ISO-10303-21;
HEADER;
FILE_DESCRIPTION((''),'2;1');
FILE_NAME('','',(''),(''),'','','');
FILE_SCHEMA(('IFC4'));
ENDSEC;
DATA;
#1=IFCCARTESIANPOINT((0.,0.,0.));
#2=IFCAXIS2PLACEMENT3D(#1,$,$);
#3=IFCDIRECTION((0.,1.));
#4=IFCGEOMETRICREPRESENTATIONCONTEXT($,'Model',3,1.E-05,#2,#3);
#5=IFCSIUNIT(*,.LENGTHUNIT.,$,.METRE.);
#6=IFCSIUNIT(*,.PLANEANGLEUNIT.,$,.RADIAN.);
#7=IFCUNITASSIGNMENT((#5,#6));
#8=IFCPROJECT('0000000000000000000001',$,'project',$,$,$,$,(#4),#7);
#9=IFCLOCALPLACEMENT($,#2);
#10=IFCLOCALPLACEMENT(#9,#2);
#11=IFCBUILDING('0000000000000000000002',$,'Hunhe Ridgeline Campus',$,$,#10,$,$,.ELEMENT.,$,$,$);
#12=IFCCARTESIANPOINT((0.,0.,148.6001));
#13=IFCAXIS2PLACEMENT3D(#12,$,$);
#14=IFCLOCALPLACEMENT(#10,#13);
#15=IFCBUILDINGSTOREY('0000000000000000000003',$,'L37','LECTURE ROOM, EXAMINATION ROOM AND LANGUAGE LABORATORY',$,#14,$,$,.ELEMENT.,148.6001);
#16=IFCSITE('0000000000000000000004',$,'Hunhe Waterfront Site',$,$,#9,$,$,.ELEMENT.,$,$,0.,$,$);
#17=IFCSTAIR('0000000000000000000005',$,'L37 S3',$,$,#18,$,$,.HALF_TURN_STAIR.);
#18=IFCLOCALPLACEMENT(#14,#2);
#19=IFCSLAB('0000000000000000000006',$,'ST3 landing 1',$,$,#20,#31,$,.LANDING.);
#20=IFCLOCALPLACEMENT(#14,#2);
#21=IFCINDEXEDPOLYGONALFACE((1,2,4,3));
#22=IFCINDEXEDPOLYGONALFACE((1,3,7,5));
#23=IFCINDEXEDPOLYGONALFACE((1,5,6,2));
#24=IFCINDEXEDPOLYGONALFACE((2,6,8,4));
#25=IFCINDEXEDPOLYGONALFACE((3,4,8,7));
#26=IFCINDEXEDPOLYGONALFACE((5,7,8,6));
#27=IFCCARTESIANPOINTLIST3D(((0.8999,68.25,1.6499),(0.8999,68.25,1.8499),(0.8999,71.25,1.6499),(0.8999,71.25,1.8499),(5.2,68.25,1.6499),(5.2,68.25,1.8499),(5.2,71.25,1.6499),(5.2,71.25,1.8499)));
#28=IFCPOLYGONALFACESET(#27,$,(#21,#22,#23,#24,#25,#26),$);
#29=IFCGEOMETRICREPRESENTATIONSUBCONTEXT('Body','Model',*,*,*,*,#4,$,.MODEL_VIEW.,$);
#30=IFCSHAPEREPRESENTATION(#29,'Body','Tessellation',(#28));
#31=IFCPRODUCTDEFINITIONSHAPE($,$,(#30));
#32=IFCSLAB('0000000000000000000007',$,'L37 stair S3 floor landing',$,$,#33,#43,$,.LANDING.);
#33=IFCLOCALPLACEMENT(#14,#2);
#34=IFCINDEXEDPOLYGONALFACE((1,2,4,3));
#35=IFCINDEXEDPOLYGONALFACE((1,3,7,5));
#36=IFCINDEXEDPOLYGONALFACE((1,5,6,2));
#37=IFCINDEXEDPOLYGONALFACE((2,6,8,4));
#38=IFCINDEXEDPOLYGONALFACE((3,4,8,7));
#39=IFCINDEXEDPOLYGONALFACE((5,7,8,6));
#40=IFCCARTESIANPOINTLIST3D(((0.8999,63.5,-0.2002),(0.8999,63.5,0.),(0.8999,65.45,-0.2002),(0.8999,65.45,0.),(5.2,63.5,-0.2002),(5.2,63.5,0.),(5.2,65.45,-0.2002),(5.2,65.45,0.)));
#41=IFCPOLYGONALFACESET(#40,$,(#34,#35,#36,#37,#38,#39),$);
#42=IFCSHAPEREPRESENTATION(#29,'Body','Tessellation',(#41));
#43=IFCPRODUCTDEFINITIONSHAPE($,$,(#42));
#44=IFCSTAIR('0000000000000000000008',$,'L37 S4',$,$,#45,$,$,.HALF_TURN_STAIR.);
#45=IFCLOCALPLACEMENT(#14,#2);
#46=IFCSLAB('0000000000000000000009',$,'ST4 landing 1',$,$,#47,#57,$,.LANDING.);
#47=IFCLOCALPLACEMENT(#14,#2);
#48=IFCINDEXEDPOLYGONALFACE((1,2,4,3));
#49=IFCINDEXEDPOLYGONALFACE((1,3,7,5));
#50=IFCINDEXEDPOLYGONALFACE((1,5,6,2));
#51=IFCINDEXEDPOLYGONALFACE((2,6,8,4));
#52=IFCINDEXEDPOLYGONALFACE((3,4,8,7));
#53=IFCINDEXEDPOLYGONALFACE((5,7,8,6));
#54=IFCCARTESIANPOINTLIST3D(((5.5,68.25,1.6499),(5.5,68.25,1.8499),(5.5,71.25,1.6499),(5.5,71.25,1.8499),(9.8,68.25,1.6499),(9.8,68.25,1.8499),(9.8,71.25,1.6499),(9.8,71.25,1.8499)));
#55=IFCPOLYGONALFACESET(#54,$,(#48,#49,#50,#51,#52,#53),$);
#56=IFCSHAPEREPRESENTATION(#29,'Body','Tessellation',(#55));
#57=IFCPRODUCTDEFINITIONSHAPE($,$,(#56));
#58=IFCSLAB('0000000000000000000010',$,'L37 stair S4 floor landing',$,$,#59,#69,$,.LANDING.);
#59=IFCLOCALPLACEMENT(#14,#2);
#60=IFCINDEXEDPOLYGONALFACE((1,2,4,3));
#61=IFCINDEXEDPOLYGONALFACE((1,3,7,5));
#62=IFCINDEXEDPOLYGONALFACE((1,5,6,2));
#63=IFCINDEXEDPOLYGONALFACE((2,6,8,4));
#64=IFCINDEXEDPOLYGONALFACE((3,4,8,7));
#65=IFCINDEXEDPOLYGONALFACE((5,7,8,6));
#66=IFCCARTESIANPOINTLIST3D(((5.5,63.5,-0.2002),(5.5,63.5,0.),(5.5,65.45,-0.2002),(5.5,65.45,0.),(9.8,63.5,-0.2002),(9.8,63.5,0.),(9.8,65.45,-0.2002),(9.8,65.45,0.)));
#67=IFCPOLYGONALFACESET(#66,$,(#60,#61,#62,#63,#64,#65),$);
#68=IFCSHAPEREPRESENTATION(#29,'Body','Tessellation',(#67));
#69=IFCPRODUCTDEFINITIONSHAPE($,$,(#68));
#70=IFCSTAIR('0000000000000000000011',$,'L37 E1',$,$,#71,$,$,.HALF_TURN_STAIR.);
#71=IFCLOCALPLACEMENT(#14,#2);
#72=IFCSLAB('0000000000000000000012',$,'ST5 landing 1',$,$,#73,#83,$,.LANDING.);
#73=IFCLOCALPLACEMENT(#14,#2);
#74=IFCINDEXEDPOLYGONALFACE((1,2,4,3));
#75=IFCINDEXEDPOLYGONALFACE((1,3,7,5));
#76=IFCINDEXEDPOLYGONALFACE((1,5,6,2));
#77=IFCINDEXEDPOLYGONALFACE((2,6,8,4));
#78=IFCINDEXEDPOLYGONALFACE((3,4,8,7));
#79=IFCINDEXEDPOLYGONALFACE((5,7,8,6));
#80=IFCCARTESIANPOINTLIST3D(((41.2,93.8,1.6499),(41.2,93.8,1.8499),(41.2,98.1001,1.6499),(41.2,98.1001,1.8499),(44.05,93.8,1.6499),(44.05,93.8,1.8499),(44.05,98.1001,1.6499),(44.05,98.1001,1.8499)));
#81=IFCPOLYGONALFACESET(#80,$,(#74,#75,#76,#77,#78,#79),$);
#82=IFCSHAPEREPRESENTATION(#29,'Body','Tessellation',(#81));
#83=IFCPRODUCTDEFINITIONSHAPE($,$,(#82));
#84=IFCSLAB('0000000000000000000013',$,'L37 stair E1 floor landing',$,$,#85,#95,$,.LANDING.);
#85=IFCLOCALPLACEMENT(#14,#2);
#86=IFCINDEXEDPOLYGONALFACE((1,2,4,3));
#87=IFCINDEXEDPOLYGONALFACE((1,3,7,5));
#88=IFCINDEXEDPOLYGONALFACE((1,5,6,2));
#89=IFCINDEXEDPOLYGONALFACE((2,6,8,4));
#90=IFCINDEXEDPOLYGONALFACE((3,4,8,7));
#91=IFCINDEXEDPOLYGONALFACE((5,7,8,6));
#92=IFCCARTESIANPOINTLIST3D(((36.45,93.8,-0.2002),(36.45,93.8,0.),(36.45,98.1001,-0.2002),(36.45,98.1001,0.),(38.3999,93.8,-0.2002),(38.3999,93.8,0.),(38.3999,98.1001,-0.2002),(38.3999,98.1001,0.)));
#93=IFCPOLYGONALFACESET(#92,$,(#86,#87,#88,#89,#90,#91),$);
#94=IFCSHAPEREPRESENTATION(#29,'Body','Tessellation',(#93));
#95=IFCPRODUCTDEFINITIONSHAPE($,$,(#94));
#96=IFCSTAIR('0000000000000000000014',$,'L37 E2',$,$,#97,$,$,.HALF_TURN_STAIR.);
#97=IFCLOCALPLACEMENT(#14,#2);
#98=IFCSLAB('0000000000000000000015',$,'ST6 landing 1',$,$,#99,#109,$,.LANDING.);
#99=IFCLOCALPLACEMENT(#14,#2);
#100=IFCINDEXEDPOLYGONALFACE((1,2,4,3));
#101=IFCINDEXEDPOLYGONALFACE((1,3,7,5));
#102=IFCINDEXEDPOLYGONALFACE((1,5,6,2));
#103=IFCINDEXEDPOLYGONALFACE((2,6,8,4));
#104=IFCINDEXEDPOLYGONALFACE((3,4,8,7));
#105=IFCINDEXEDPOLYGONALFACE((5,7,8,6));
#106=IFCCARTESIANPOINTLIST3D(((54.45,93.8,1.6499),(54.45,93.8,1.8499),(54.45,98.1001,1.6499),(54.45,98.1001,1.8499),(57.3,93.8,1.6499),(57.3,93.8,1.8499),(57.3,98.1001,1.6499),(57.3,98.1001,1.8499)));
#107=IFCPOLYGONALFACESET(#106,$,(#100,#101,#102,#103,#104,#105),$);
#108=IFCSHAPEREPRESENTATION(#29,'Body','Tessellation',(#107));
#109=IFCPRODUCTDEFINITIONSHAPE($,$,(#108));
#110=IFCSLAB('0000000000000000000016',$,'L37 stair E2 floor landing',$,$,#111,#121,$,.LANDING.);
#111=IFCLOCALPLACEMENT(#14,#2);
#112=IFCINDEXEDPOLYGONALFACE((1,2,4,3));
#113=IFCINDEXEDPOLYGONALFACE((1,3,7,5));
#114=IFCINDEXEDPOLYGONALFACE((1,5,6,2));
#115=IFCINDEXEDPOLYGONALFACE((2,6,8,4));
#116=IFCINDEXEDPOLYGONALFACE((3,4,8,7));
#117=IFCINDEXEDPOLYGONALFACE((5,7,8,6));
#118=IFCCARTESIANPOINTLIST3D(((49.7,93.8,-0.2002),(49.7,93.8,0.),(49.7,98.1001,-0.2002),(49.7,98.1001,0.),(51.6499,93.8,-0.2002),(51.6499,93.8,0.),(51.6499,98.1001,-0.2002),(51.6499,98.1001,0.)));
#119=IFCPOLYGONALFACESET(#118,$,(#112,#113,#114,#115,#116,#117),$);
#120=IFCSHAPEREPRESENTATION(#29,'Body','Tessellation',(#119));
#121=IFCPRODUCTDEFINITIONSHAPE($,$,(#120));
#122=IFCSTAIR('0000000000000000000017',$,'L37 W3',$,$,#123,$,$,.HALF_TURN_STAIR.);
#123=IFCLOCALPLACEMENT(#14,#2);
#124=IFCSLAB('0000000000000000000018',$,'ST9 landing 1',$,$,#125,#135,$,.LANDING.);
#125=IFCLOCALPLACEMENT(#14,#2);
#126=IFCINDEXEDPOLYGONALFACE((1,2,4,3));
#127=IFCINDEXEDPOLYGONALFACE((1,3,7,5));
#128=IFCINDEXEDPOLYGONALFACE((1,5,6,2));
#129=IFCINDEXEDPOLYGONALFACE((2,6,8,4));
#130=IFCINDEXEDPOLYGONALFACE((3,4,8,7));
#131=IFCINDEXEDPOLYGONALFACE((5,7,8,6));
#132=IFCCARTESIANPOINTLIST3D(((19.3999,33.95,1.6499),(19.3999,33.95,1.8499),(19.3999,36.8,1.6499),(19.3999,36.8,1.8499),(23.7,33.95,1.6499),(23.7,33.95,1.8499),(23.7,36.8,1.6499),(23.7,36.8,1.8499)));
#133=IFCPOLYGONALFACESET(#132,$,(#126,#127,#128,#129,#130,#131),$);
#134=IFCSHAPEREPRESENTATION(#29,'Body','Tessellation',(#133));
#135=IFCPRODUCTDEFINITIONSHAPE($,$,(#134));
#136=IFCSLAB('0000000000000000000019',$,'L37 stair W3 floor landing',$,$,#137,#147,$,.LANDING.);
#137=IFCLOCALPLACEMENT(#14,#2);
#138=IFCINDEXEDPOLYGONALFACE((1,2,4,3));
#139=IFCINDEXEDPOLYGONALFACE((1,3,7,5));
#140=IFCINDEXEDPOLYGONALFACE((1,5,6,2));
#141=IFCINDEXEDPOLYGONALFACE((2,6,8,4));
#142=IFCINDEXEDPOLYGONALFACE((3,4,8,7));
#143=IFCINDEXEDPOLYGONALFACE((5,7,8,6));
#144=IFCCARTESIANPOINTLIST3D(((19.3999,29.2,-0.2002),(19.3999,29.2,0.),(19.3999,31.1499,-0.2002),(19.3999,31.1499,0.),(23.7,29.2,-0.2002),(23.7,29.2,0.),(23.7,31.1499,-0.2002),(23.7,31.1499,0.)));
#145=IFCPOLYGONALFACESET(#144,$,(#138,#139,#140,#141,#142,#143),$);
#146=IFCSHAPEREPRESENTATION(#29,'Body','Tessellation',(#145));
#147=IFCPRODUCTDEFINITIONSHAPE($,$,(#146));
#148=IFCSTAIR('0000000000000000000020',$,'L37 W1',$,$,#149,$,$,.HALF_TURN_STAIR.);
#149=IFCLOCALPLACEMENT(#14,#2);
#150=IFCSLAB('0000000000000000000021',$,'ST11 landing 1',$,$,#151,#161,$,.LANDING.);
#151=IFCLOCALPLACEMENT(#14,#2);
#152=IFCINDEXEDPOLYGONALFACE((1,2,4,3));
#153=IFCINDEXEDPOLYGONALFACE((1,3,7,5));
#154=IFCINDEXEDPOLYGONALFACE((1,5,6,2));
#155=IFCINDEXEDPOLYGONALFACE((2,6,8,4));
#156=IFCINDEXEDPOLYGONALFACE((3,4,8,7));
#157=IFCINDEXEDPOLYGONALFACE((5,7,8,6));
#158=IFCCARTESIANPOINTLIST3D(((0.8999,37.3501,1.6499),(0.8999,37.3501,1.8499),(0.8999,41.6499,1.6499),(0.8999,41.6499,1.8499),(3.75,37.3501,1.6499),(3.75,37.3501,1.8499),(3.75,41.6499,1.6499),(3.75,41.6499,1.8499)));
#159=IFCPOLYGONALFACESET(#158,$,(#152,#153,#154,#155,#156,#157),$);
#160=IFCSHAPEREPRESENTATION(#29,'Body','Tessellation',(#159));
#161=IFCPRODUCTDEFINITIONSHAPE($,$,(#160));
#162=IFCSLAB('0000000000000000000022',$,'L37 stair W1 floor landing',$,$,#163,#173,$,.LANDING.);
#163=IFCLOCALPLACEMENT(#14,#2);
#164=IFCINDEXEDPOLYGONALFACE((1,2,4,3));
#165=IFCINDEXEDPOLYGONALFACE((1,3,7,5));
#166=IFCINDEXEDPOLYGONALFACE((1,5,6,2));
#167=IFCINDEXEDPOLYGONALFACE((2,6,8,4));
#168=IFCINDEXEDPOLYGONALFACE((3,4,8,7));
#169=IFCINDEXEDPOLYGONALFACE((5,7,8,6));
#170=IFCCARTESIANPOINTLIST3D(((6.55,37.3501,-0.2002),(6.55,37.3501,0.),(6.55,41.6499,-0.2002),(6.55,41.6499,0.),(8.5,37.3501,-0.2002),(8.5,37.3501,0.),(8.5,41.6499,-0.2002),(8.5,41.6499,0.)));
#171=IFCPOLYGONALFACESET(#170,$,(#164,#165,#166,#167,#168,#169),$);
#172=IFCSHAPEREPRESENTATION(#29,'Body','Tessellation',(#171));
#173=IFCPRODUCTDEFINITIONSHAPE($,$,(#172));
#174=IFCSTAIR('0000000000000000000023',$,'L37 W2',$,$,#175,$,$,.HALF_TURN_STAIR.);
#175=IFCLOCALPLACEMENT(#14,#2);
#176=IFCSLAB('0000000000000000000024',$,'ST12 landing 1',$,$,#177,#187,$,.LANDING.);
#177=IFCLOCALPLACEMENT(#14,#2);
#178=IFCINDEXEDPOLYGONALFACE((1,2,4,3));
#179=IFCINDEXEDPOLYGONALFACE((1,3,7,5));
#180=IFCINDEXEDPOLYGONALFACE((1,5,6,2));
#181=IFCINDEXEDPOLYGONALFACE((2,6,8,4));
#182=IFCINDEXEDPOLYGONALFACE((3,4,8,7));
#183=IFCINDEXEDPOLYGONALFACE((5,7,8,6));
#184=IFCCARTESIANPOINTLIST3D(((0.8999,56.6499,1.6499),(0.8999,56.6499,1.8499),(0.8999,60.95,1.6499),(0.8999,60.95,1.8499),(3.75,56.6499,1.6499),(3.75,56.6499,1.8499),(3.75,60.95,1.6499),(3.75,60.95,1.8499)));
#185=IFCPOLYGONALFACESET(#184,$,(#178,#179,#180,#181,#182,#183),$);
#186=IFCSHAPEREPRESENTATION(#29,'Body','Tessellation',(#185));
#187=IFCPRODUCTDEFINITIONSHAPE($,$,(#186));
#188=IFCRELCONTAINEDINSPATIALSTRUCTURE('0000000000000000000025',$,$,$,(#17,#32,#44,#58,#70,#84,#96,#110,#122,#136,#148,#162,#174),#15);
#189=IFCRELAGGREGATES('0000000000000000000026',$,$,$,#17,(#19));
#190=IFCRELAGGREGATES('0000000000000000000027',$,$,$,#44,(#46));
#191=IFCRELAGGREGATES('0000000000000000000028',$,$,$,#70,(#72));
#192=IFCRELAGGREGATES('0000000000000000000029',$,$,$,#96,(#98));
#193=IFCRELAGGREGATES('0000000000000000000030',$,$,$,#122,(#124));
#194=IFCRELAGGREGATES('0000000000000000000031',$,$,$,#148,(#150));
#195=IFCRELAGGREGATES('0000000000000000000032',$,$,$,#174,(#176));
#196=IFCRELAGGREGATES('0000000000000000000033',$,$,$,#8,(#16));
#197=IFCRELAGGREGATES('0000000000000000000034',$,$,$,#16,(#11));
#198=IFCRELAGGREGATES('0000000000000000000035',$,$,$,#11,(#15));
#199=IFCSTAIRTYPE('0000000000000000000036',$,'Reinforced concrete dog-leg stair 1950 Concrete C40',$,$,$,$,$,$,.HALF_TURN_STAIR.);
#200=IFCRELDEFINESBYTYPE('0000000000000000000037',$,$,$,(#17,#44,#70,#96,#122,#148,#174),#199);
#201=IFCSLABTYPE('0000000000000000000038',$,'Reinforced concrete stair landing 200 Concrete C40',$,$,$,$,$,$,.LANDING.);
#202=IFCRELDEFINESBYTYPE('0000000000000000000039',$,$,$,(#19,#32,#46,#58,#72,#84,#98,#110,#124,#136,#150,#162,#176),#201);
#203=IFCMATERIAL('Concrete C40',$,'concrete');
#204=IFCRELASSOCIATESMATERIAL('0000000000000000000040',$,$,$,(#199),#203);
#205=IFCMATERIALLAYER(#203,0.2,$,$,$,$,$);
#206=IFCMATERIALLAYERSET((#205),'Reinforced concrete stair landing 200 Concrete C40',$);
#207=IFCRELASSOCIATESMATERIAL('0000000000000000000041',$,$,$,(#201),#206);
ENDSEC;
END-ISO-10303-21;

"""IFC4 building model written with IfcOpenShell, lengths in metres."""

from ifc_helpers import new_model, si_unit, direction, frame, origin, place, context, subcontext, project, spatial, polyline, outline, extrude, material, layer, layer_set, type_object, element, aggregate, save


model = new_model("IFC4")

# Units and contexts
model_context = context("Model", 3, precision=1e-05, world=origin(), true_north=direction((0.0, 1.0)))
body_context = subcontext(model_context, "Body", "Model", "MODEL_VIEW")
ifc_project = project(units=[si_unit("LENGTHUNIT", "METRE"), si_unit("PLANEANGLEUNIT", "RADIAN")], contexts=[model_context])

# Site, building, storey
site_placement = place(None, origin())
site = spatial("IfcSite", under=ifc_project, at=site_placement, Name="Hunhe Waterfront Site", CompositionType="ELEMENT", RefElevation=0.0)
building_placement = place(site_placement, origin())
building = spatial("IfcBuilding", under=site, at=building_placement, Name="Hunhe Ridgeline Campus", CompositionType="ELEMENT")
storey_placement = place(building_placement, frame((0.0, 0.0, 148.6001)))
storey = spatial("IfcBuildingStorey", under=building, at=storey_placement, Name="L37", Description="LECTURE ROOM, EXAMINATION ROOM AND LANGUAGE LABORATORY", CompositionType="ELEMENT", Elevation=148.6001)

# Shared definitions
ifc_material_1 = material(Name="Concrete C40", Category="concrete")

# Shared definitions
stair_type = type_object("IfcStairType", Name="Reinforced concrete dog-leg stair 1950 Concrete C40", PredefinedType="HALF_TURN_STAIR", material=ifc_material_1)
ifc_layer_1 = layer(ifc_material_1, 0.2)
ifc_layer_set_1 = layer_set([ifc_layer_1], Name="Reinforced concrete stair landing 200 Concrete C40")
slab_type_1 = type_object("IfcSlabType", Name="Reinforced concrete stair landing 200 Concrete C40", PredefinedType="LANDING", material=ifc_layer_set_1)

# Stair, slab
stair_1_placement = place(storey_placement, origin())
stair_1 = element("IfcStair", 1, at=stair_1_placement, inside=storey, type_object=stair_type, Name="L37 S3", PredefinedType="HALF_TURN_STAIR")
slab_1_placement = place(storey_placement, frame((0.0, 0.0, 1.6499)))
slab_1 = element("IfcSlab", 2, at=slab_1_placement, type_object=slab_type_1, Name="ST3 landing 1", PredefinedType="LANDING", context=body_context, shape_type="SweptSolid", body=[
    extrude(outline(polyline([(5.2, 68.25), (5.2, 71.25), (0.8999, 71.25), (0.8999, 68.25), (5.2, 68.25)])), origin(), (0.0, 0.0, 1.0), 0.2),
])
aggregate(stair_1, [slab_1])

# Slab
slab_2_placement = place(storey_placement, frame((0.0, 0.0, -0.2002)))
element("IfcSlab", 3, at=slab_2_placement, inside=storey, type_object=slab_type_1, Name="L37 stair S3 floor landing", PredefinedType="LANDING", context=body_context, shape_type="SweptSolid", body=[
    extrude(outline(polyline([(5.2, 63.5), (5.2, 65.45), (0.8999, 65.45), (0.8999, 63.5), (5.2, 63.5)])), origin(), (0.0, 0.0, 1.0), 0.2002),
])

# Stair, slab
stair_2_placement = place(storey_placement, origin())
stair_2 = element("IfcStair", 4, at=stair_2_placement, inside=storey, type_object=stair_type, Name="L37 S4", PredefinedType="HALF_TURN_STAIR")
slab_3_placement = place(storey_placement, frame((0.0, 0.0, 1.6499)))
slab_3 = element("IfcSlab", 5, at=slab_3_placement, type_object=slab_type_1, Name="ST4 landing 1", PredefinedType="LANDING", context=body_context, shape_type="SweptSolid", body=[
    extrude(outline(polyline([(9.8, 68.25), (9.8, 71.25), (5.5, 71.25), (5.5, 68.25), (9.8, 68.25)])), origin(), (0.0, 0.0, 1.0), 0.2),
])
aggregate(stair_2, [slab_3])

# Slab
slab_4_placement = place(storey_placement, frame((0.0, 0.0, -0.2002)))
element("IfcSlab", 6, at=slab_4_placement, inside=storey, type_object=slab_type_1, Name="L37 stair S4 floor landing", PredefinedType="LANDING", context=body_context, shape_type="SweptSolid", body=[
    extrude(outline(polyline([(9.8, 63.5), (9.8, 65.45), (5.5, 65.45), (5.5, 63.5), (9.8, 63.5)])), origin(), (0.0, 0.0, 1.0), 0.2002),
])

# Stair, slab
stair_3_placement = place(storey_placement, origin())
stair_3 = element("IfcStair", 7, at=stair_3_placement, inside=storey, type_object=stair_type, Name="L37 E1", PredefinedType="HALF_TURN_STAIR")
slab_5_placement = place(storey_placement, frame((0.0, 0.0, 1.6499)))
slab_5 = element("IfcSlab", 8, at=slab_5_placement, type_object=slab_type_1, Name="ST5 landing 1", PredefinedType="LANDING", context=body_context, shape_type="SweptSolid", body=[
    extrude(outline(polyline([(41.2, 93.8), (44.05, 93.8), (44.05, 98.1001), (41.2, 98.1001), (41.2, 93.8)])), origin(), (0.0, 0.0, 1.0), 0.2),
])
aggregate(stair_3, [slab_5])

# Slab
slab_6_placement = place(storey_placement, frame((0.0, 0.0, -0.2002)))
element("IfcSlab", 9, at=slab_6_placement, inside=storey, type_object=slab_type_1, Name="L37 stair E1 floor landing", PredefinedType="LANDING", context=body_context, shape_type="SweptSolid", body=[
    extrude(outline(polyline([(36.45, 93.8), (38.3999, 93.8), (38.3999, 98.1001), (36.45, 98.1001), (36.45, 93.8)])), origin(), (0.0, 0.0, 1.0), 0.2002),
])

# Stair, slab
stair_4_placement = place(storey_placement, origin())
stair_4 = element("IfcStair", 10, at=stair_4_placement, inside=storey, type_object=stair_type, Name="L37 E2", PredefinedType="HALF_TURN_STAIR")
slab_7_placement = place(storey_placement, frame((0.0, 0.0, 1.6499)))
slab_7 = element("IfcSlab", 11, at=slab_7_placement, type_object=slab_type_1, Name="ST6 landing 1", PredefinedType="LANDING", context=body_context, shape_type="SweptSolid", body=[
    extrude(outline(polyline([(54.45, 93.8), (57.3, 93.8), (57.3, 98.1001), (54.45, 98.1001), (54.45, 93.8)])), origin(), (0.0, 0.0, 1.0), 0.2),
])
aggregate(stair_4, [slab_7])

# Slab
slab_8_placement = place(storey_placement, frame((0.0, 0.0, -0.2002)))
element("IfcSlab", 12, at=slab_8_placement, inside=storey, type_object=slab_type_1, Name="L37 stair E2 floor landing", PredefinedType="LANDING", context=body_context, shape_type="SweptSolid", body=[
    extrude(outline(polyline([(49.7, 93.8), (51.6499, 93.8), (51.6499, 98.1001), (49.7, 98.1001), (49.7, 93.8)])), origin(), (0.0, 0.0, 1.0), 0.2002),
])

# Stair, slab
stair_5_placement = place(storey_placement, origin())
stair_5 = element("IfcStair", 13, at=stair_5_placement, inside=storey, type_object=stair_type, Name="L37 W3", PredefinedType="HALF_TURN_STAIR")
slab_9_placement = place(storey_placement, frame((0.0, 0.0, 1.6499)))
slab_9 = element("IfcSlab", 14, at=slab_9_placement, type_object=slab_type_1, Name="ST9 landing 1", PredefinedType="LANDING", context=body_context, shape_type="SweptSolid", body=[
    extrude(outline(polyline([(23.7, 33.95), (23.7, 36.8), (19.3999, 36.8), (19.3999, 33.95), (23.7, 33.95)])), origin(), (0.0, 0.0, 1.0), 0.2),
])
aggregate(stair_5, [slab_9])

# Slab
slab_10_placement = place(storey_placement, frame((0.0, 0.0, -0.2002)))
element("IfcSlab", 15, at=slab_10_placement, inside=storey, type_object=slab_type_1, Name="L37 stair W3 floor landing", PredefinedType="LANDING", context=body_context, shape_type="SweptSolid", body=[
    extrude(outline(polyline([(23.7, 29.2), (23.7, 31.1499), (19.3999, 31.1499), (19.3999, 29.2), (23.7, 29.2)])), origin(), (0.0, 0.0, 1.0), 0.2002),
])

# Stair, slab
stair_6_placement = place(storey_placement, origin())
stair_6 = element("IfcStair", 16, at=stair_6_placement, inside=storey, type_object=stair_type, Name="L37 W1", PredefinedType="HALF_TURN_STAIR")
slab_11_placement = place(storey_placement, frame((0.0, 0.0, 1.6499)))
slab_11 = element("IfcSlab", 17, at=slab_11_placement, type_object=slab_type_1, Name="ST11 landing 1", PredefinedType="LANDING", context=body_context, shape_type="SweptSolid", body=[
    extrude(outline(polyline([(3.75, 41.6499), (0.8999, 41.6499), (0.8999, 37.3501), (3.75, 37.3501), (3.75, 41.6499)])), origin(), (0.0, 0.0, 1.0), 0.2),
])
aggregate(stair_6, [slab_11])

# Slab
slab_12_placement = place(storey_placement, frame((0.0, 0.0, -0.2002)))
element("IfcSlab", 18, at=slab_12_placement, inside=storey, type_object=slab_type_1, Name="L37 stair W1 floor landing", PredefinedType="LANDING", context=body_context, shape_type="SweptSolid", body=[
    extrude(outline(polyline([(8.5, 41.6499), (6.55, 41.6499), (6.55, 37.3501), (8.5, 37.3501), (8.5, 41.6499)])), origin(), (0.0, 0.0, 1.0), 0.2002),
])

# Stair, slab
stair_7_placement = place(storey_placement, origin())
stair_7 = element("IfcStair", 19, at=stair_7_placement, inside=storey, type_object=stair_type, Name="L37 W2", PredefinedType="HALF_TURN_STAIR")
slab_13_placement = place(storey_placement, frame((0.0, 0.0, 1.6499)))
slab_13 = element("IfcSlab", 20, at=slab_13_placement, type_object=slab_type_1, Name="ST12 landing 1", PredefinedType="LANDING", context=body_context, shape_type="SweptSolid", body=[
    extrude(outline(polyline([(3.75, 60.95), (0.8999, 60.95), (0.8999, 56.6499), (3.75, 56.6499), (3.75, 60.95)])), origin(), (0.0, 0.0, 1.0), 0.2),
])
aggregate(stair_7, [slab_13])

save(model, "model.ifc")
